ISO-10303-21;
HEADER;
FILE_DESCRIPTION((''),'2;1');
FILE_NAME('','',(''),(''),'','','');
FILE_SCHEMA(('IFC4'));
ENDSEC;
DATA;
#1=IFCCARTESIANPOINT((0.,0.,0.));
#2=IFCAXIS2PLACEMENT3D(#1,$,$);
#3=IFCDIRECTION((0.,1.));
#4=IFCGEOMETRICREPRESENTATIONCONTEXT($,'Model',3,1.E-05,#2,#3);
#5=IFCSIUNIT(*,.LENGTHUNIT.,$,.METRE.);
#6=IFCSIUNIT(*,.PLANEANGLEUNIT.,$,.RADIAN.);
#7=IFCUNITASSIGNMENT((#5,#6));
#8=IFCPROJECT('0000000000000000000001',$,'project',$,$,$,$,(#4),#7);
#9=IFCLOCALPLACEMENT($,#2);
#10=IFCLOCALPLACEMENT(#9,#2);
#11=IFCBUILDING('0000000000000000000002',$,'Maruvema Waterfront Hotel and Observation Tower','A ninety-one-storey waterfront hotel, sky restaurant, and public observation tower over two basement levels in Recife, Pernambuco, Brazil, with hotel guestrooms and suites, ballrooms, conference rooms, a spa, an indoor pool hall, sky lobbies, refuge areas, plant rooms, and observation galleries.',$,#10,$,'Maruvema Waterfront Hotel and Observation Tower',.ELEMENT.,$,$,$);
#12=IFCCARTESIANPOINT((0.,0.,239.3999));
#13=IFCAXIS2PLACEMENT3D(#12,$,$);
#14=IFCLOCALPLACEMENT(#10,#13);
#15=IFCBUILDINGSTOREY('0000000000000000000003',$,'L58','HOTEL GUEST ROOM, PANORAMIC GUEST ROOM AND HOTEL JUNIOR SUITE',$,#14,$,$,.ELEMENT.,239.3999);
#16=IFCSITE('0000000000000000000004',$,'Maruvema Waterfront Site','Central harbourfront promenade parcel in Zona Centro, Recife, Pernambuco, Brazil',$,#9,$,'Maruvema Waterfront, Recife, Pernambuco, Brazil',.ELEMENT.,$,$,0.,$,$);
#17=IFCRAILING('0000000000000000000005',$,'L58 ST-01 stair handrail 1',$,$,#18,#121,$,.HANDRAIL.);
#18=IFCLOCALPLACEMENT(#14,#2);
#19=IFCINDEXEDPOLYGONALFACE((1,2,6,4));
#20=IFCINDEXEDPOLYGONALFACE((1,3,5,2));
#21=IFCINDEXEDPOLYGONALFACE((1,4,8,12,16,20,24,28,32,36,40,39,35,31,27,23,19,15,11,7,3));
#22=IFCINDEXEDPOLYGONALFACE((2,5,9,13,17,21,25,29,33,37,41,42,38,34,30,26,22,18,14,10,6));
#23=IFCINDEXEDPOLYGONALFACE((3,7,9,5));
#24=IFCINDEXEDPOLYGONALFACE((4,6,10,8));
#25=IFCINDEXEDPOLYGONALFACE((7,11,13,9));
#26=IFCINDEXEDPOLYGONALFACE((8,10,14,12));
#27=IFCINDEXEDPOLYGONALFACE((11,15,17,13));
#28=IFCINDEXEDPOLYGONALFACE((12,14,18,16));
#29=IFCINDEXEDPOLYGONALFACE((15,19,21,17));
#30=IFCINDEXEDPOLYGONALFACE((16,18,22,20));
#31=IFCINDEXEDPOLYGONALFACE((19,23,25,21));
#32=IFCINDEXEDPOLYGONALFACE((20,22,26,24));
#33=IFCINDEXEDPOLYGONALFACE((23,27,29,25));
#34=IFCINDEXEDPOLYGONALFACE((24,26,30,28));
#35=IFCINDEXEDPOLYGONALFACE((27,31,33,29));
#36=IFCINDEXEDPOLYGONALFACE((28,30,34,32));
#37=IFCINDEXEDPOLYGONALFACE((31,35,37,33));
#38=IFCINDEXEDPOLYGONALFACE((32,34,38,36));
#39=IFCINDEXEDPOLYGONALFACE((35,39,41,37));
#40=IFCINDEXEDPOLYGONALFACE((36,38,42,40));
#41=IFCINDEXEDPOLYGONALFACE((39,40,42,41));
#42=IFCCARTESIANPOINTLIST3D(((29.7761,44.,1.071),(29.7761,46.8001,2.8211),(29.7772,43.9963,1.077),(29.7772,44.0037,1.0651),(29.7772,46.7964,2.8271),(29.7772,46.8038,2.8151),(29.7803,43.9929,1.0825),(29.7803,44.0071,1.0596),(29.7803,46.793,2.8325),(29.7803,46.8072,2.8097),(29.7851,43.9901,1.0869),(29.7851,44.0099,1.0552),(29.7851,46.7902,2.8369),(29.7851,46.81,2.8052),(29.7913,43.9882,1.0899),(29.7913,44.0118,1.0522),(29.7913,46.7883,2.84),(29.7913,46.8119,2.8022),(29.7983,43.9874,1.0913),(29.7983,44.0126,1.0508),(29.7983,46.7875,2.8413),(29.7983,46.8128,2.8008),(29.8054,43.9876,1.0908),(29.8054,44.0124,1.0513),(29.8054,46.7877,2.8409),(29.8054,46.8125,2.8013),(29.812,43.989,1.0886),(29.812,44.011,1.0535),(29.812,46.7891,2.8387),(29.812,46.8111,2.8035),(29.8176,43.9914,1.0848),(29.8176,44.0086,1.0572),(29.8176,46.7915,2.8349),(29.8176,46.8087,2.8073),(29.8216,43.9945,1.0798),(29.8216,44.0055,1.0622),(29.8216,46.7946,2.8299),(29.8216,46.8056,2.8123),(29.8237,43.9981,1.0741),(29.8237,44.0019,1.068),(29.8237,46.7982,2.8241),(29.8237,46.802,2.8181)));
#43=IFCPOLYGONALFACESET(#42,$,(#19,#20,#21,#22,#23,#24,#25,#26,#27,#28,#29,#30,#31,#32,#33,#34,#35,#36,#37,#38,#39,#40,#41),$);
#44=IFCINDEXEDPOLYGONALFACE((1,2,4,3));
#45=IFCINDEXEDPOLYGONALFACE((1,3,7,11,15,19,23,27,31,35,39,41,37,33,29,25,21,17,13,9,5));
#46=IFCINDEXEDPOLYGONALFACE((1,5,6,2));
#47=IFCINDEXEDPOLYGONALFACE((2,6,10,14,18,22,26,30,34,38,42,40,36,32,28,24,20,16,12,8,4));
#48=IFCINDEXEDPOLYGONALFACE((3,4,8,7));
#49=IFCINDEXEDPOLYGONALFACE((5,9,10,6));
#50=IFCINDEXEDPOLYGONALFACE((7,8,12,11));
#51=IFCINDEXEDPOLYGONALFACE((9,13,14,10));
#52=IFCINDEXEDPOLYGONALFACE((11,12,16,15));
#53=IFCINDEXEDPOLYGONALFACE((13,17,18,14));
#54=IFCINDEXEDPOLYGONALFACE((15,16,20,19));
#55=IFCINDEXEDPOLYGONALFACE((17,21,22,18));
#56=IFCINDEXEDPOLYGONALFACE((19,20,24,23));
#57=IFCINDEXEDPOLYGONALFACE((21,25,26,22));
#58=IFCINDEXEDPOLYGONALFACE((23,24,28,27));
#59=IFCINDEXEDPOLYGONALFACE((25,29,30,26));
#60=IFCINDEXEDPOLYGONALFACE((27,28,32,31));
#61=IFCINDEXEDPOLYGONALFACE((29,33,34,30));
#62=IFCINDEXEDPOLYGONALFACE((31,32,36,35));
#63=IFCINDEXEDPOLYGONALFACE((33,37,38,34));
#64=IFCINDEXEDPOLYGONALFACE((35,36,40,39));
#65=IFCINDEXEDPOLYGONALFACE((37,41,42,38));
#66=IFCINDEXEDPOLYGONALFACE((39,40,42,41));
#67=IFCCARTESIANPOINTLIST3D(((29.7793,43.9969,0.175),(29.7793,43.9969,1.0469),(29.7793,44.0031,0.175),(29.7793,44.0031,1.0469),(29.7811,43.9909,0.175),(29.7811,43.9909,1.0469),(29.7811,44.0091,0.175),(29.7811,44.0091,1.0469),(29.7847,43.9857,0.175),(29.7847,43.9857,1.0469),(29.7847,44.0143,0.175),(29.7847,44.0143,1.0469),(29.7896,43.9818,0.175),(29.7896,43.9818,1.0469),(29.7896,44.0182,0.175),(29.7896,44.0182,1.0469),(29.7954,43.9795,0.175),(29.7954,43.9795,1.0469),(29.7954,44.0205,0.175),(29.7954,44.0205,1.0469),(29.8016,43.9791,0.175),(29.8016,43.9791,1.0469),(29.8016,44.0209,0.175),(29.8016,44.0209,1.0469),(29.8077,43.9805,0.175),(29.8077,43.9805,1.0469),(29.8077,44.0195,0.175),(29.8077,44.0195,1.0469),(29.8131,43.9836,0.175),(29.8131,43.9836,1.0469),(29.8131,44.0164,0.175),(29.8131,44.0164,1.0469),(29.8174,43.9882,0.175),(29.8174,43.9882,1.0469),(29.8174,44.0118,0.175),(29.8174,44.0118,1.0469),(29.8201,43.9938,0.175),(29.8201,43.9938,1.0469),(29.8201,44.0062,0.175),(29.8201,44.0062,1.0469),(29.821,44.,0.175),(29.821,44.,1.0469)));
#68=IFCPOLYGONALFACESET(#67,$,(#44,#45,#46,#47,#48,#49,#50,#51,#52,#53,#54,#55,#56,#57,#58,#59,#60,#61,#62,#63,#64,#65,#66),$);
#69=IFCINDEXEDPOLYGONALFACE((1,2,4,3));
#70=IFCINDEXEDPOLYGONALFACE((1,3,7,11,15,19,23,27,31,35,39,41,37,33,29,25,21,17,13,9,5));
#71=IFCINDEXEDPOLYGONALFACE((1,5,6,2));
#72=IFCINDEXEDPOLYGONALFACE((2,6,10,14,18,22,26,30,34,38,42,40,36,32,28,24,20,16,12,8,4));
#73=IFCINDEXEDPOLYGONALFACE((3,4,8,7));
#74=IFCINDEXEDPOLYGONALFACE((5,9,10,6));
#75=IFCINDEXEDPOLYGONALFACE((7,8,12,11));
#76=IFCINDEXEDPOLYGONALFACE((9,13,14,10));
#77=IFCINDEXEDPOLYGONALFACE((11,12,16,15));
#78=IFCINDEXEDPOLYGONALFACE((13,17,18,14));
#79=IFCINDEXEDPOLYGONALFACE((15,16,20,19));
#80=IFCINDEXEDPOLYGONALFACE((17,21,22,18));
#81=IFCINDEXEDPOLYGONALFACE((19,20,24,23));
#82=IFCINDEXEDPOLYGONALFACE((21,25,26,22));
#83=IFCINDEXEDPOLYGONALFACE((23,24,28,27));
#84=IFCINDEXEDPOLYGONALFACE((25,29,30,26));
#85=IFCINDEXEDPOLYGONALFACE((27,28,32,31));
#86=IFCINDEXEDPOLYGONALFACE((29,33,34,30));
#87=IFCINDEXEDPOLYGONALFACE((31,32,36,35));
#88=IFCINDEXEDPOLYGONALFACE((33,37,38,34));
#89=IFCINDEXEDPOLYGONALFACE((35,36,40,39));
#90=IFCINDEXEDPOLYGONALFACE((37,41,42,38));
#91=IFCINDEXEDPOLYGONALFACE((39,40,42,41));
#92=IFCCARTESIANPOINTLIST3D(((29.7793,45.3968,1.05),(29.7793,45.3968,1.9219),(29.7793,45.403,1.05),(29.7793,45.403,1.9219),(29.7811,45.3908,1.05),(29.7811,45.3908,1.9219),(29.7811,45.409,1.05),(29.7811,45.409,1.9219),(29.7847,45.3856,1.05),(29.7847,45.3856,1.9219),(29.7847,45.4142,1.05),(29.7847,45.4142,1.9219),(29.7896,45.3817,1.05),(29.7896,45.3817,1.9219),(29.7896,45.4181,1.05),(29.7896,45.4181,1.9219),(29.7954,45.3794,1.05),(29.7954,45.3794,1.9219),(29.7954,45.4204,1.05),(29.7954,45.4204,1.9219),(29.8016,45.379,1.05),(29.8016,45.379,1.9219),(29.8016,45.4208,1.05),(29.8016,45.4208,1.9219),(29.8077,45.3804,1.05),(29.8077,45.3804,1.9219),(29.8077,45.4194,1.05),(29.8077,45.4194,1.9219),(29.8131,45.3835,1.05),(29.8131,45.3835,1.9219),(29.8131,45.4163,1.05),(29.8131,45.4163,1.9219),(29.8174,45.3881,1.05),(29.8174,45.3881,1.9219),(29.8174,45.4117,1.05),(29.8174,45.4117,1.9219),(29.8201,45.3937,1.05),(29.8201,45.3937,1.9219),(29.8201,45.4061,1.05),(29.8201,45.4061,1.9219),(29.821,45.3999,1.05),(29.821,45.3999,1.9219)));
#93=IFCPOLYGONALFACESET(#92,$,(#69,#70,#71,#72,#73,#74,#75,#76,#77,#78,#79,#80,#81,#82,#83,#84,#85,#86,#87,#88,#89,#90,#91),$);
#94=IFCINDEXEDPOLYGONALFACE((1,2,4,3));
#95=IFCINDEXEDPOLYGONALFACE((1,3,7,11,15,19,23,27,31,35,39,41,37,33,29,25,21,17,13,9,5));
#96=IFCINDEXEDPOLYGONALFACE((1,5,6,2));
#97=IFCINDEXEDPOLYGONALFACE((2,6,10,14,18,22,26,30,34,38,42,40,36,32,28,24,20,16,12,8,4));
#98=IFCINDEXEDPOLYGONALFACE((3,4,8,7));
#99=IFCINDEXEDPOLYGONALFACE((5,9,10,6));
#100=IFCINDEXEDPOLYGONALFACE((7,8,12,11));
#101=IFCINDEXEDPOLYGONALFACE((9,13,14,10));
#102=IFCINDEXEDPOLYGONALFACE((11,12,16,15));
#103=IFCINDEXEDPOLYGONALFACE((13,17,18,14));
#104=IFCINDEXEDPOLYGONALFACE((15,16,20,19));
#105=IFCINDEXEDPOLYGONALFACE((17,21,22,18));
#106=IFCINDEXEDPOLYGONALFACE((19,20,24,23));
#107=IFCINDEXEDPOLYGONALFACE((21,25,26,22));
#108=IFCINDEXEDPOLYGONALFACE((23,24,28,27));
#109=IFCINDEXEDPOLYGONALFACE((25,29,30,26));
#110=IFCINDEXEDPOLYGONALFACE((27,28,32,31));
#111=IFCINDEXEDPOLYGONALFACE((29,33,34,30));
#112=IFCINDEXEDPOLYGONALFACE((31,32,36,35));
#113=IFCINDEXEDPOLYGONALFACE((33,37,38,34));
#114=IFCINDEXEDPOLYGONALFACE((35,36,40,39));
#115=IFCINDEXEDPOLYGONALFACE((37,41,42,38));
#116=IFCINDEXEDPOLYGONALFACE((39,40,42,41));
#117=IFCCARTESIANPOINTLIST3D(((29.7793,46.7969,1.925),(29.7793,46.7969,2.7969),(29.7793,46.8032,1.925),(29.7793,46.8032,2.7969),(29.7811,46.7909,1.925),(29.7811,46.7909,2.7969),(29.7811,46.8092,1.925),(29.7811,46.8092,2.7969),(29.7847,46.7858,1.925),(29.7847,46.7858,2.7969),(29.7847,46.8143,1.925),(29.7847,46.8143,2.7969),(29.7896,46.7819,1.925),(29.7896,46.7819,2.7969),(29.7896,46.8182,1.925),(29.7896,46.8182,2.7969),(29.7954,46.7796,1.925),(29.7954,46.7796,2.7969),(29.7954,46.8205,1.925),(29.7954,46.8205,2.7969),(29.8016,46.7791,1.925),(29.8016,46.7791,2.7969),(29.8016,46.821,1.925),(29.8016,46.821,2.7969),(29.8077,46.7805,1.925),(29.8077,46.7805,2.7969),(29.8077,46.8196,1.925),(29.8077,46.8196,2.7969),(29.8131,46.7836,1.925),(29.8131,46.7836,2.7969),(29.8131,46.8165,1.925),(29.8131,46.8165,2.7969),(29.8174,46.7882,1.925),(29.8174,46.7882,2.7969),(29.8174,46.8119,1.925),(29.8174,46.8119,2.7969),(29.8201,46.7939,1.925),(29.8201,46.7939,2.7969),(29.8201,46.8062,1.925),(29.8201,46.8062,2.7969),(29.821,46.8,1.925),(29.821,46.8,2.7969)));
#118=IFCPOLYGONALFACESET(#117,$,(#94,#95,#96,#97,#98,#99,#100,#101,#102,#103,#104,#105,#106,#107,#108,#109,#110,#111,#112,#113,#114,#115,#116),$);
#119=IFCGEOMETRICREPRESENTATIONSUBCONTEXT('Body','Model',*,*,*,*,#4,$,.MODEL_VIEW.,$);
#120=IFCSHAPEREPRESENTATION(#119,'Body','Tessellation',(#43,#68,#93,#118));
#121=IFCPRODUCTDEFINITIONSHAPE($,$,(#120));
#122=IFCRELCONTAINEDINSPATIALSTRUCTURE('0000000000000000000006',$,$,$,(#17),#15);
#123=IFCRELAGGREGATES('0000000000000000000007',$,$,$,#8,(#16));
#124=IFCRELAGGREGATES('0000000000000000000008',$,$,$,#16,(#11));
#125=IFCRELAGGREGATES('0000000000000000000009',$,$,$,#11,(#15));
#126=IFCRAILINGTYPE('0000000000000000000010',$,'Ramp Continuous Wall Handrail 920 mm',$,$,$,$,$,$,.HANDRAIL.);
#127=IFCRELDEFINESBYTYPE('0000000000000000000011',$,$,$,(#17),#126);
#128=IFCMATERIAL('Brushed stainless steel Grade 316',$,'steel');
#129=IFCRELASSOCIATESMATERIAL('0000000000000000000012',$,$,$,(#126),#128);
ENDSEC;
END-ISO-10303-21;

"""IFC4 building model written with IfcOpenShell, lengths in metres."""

from ifc_helpers import new_model, si_unit, direction, frame, origin, origin_2d, place, context, subcontext, project, spatial, circle, extrude, material, type_object, element, save


model = new_model("IFC4")

# Units and contexts
model_context = context("Model", 3, precision=1e-05, world=origin(), true_north=direction((0.0, 1.0)))
body_context = subcontext(model_context, "Body", "Model", "MODEL_VIEW")
ifc_project = project(units=[si_unit("LENGTHUNIT", "METRE"), si_unit("PLANEANGLEUNIT", "RADIAN")], contexts=[model_context])

# Site, building, storey
site_placement = place(None, origin())
site = spatial("IfcSite", under=ifc_project, at=site_placement, Name="Maruvema Waterfront Site", Description="Central harbourfront promenade parcel in Zona Centro, Recife, Pernambuco, Brazil", LongName="Maruvema Waterfront, Recife, Pernambuco, Brazil", CompositionType="ELEMENT", RefElevation=0.0)
building_placement = place(site_placement, origin())
building = spatial("IfcBuilding", under=site, at=building_placement, Name="Maruvema Waterfront Hotel and Observation Tower", Description="A ninety-one-storey waterfront hotel, sky restaurant, and public observation tower over two basement levels in Recife, Pernambuco, Brazil, with hotel guestrooms and suites, ballrooms, conference rooms, a spa, an indoor pool hall, sky lobbies, refuge areas, plant rooms, and observation galleries.", LongName="Maruvema Waterfront Hotel and Observation Tower", CompositionType="ELEMENT")
storey_placement = place(building_placement, frame((0.0, 0.0, 239.3999)))
storey = spatial("IfcBuildingStorey", under=building, at=storey_placement, Name="L58", Description="HOTEL GUEST ROOM, PANORAMIC GUEST ROOM AND HOTEL JUNIOR SUITE", CompositionType="ELEMENT", Elevation=239.3999)

# Railing
ifc_material_1 = material(Name="Brushed stainless steel Grade 316", Category="steel")
railing_type_1 = type_object("IfcRailingType", Name="Ramp Continuous Wall Handrail 920 mm", PredefinedType="HANDRAIL", material=ifc_material_1)
railing_1_placement = place(storey_placement, frame((29.8, 44.0, 0.175)))
element("IfcRailing", 1, at=railing_1_placement, inside=storey, type_object=railing_type_1, Name="L58 ST-01 stair handrail 1", PredefinedType="HANDRAIL", context=body_context, shape_type="SweptSolid", body=[
    extrude(circle(Radius=0.0239, at=origin_2d()), frame((0.0, 0.0, 0.896), z_axis=(0.0, 0.848002, 0.529992), x_axis=(-1.0, 0.0, 0.0)), (0.0, 0.0, 1.0), 3.302),
    extrude(circle(Radius=0.021, at=origin_2d()), origin(), (0.0, 0.0, 1.0), 0.8718),
    extrude(circle(Radius=0.021, at=origin_2d()), frame((0.0, 1.3999, 0.875)), (0.0, 0.0, 1.0), 0.8718),
    extrude(circle(Radius=0.021, at=origin_2d()), frame((0.0, 2.8, 1.75)), (0.0, 0.0, 1.0), 0.8718),
])

save(model, "model.ifc")
